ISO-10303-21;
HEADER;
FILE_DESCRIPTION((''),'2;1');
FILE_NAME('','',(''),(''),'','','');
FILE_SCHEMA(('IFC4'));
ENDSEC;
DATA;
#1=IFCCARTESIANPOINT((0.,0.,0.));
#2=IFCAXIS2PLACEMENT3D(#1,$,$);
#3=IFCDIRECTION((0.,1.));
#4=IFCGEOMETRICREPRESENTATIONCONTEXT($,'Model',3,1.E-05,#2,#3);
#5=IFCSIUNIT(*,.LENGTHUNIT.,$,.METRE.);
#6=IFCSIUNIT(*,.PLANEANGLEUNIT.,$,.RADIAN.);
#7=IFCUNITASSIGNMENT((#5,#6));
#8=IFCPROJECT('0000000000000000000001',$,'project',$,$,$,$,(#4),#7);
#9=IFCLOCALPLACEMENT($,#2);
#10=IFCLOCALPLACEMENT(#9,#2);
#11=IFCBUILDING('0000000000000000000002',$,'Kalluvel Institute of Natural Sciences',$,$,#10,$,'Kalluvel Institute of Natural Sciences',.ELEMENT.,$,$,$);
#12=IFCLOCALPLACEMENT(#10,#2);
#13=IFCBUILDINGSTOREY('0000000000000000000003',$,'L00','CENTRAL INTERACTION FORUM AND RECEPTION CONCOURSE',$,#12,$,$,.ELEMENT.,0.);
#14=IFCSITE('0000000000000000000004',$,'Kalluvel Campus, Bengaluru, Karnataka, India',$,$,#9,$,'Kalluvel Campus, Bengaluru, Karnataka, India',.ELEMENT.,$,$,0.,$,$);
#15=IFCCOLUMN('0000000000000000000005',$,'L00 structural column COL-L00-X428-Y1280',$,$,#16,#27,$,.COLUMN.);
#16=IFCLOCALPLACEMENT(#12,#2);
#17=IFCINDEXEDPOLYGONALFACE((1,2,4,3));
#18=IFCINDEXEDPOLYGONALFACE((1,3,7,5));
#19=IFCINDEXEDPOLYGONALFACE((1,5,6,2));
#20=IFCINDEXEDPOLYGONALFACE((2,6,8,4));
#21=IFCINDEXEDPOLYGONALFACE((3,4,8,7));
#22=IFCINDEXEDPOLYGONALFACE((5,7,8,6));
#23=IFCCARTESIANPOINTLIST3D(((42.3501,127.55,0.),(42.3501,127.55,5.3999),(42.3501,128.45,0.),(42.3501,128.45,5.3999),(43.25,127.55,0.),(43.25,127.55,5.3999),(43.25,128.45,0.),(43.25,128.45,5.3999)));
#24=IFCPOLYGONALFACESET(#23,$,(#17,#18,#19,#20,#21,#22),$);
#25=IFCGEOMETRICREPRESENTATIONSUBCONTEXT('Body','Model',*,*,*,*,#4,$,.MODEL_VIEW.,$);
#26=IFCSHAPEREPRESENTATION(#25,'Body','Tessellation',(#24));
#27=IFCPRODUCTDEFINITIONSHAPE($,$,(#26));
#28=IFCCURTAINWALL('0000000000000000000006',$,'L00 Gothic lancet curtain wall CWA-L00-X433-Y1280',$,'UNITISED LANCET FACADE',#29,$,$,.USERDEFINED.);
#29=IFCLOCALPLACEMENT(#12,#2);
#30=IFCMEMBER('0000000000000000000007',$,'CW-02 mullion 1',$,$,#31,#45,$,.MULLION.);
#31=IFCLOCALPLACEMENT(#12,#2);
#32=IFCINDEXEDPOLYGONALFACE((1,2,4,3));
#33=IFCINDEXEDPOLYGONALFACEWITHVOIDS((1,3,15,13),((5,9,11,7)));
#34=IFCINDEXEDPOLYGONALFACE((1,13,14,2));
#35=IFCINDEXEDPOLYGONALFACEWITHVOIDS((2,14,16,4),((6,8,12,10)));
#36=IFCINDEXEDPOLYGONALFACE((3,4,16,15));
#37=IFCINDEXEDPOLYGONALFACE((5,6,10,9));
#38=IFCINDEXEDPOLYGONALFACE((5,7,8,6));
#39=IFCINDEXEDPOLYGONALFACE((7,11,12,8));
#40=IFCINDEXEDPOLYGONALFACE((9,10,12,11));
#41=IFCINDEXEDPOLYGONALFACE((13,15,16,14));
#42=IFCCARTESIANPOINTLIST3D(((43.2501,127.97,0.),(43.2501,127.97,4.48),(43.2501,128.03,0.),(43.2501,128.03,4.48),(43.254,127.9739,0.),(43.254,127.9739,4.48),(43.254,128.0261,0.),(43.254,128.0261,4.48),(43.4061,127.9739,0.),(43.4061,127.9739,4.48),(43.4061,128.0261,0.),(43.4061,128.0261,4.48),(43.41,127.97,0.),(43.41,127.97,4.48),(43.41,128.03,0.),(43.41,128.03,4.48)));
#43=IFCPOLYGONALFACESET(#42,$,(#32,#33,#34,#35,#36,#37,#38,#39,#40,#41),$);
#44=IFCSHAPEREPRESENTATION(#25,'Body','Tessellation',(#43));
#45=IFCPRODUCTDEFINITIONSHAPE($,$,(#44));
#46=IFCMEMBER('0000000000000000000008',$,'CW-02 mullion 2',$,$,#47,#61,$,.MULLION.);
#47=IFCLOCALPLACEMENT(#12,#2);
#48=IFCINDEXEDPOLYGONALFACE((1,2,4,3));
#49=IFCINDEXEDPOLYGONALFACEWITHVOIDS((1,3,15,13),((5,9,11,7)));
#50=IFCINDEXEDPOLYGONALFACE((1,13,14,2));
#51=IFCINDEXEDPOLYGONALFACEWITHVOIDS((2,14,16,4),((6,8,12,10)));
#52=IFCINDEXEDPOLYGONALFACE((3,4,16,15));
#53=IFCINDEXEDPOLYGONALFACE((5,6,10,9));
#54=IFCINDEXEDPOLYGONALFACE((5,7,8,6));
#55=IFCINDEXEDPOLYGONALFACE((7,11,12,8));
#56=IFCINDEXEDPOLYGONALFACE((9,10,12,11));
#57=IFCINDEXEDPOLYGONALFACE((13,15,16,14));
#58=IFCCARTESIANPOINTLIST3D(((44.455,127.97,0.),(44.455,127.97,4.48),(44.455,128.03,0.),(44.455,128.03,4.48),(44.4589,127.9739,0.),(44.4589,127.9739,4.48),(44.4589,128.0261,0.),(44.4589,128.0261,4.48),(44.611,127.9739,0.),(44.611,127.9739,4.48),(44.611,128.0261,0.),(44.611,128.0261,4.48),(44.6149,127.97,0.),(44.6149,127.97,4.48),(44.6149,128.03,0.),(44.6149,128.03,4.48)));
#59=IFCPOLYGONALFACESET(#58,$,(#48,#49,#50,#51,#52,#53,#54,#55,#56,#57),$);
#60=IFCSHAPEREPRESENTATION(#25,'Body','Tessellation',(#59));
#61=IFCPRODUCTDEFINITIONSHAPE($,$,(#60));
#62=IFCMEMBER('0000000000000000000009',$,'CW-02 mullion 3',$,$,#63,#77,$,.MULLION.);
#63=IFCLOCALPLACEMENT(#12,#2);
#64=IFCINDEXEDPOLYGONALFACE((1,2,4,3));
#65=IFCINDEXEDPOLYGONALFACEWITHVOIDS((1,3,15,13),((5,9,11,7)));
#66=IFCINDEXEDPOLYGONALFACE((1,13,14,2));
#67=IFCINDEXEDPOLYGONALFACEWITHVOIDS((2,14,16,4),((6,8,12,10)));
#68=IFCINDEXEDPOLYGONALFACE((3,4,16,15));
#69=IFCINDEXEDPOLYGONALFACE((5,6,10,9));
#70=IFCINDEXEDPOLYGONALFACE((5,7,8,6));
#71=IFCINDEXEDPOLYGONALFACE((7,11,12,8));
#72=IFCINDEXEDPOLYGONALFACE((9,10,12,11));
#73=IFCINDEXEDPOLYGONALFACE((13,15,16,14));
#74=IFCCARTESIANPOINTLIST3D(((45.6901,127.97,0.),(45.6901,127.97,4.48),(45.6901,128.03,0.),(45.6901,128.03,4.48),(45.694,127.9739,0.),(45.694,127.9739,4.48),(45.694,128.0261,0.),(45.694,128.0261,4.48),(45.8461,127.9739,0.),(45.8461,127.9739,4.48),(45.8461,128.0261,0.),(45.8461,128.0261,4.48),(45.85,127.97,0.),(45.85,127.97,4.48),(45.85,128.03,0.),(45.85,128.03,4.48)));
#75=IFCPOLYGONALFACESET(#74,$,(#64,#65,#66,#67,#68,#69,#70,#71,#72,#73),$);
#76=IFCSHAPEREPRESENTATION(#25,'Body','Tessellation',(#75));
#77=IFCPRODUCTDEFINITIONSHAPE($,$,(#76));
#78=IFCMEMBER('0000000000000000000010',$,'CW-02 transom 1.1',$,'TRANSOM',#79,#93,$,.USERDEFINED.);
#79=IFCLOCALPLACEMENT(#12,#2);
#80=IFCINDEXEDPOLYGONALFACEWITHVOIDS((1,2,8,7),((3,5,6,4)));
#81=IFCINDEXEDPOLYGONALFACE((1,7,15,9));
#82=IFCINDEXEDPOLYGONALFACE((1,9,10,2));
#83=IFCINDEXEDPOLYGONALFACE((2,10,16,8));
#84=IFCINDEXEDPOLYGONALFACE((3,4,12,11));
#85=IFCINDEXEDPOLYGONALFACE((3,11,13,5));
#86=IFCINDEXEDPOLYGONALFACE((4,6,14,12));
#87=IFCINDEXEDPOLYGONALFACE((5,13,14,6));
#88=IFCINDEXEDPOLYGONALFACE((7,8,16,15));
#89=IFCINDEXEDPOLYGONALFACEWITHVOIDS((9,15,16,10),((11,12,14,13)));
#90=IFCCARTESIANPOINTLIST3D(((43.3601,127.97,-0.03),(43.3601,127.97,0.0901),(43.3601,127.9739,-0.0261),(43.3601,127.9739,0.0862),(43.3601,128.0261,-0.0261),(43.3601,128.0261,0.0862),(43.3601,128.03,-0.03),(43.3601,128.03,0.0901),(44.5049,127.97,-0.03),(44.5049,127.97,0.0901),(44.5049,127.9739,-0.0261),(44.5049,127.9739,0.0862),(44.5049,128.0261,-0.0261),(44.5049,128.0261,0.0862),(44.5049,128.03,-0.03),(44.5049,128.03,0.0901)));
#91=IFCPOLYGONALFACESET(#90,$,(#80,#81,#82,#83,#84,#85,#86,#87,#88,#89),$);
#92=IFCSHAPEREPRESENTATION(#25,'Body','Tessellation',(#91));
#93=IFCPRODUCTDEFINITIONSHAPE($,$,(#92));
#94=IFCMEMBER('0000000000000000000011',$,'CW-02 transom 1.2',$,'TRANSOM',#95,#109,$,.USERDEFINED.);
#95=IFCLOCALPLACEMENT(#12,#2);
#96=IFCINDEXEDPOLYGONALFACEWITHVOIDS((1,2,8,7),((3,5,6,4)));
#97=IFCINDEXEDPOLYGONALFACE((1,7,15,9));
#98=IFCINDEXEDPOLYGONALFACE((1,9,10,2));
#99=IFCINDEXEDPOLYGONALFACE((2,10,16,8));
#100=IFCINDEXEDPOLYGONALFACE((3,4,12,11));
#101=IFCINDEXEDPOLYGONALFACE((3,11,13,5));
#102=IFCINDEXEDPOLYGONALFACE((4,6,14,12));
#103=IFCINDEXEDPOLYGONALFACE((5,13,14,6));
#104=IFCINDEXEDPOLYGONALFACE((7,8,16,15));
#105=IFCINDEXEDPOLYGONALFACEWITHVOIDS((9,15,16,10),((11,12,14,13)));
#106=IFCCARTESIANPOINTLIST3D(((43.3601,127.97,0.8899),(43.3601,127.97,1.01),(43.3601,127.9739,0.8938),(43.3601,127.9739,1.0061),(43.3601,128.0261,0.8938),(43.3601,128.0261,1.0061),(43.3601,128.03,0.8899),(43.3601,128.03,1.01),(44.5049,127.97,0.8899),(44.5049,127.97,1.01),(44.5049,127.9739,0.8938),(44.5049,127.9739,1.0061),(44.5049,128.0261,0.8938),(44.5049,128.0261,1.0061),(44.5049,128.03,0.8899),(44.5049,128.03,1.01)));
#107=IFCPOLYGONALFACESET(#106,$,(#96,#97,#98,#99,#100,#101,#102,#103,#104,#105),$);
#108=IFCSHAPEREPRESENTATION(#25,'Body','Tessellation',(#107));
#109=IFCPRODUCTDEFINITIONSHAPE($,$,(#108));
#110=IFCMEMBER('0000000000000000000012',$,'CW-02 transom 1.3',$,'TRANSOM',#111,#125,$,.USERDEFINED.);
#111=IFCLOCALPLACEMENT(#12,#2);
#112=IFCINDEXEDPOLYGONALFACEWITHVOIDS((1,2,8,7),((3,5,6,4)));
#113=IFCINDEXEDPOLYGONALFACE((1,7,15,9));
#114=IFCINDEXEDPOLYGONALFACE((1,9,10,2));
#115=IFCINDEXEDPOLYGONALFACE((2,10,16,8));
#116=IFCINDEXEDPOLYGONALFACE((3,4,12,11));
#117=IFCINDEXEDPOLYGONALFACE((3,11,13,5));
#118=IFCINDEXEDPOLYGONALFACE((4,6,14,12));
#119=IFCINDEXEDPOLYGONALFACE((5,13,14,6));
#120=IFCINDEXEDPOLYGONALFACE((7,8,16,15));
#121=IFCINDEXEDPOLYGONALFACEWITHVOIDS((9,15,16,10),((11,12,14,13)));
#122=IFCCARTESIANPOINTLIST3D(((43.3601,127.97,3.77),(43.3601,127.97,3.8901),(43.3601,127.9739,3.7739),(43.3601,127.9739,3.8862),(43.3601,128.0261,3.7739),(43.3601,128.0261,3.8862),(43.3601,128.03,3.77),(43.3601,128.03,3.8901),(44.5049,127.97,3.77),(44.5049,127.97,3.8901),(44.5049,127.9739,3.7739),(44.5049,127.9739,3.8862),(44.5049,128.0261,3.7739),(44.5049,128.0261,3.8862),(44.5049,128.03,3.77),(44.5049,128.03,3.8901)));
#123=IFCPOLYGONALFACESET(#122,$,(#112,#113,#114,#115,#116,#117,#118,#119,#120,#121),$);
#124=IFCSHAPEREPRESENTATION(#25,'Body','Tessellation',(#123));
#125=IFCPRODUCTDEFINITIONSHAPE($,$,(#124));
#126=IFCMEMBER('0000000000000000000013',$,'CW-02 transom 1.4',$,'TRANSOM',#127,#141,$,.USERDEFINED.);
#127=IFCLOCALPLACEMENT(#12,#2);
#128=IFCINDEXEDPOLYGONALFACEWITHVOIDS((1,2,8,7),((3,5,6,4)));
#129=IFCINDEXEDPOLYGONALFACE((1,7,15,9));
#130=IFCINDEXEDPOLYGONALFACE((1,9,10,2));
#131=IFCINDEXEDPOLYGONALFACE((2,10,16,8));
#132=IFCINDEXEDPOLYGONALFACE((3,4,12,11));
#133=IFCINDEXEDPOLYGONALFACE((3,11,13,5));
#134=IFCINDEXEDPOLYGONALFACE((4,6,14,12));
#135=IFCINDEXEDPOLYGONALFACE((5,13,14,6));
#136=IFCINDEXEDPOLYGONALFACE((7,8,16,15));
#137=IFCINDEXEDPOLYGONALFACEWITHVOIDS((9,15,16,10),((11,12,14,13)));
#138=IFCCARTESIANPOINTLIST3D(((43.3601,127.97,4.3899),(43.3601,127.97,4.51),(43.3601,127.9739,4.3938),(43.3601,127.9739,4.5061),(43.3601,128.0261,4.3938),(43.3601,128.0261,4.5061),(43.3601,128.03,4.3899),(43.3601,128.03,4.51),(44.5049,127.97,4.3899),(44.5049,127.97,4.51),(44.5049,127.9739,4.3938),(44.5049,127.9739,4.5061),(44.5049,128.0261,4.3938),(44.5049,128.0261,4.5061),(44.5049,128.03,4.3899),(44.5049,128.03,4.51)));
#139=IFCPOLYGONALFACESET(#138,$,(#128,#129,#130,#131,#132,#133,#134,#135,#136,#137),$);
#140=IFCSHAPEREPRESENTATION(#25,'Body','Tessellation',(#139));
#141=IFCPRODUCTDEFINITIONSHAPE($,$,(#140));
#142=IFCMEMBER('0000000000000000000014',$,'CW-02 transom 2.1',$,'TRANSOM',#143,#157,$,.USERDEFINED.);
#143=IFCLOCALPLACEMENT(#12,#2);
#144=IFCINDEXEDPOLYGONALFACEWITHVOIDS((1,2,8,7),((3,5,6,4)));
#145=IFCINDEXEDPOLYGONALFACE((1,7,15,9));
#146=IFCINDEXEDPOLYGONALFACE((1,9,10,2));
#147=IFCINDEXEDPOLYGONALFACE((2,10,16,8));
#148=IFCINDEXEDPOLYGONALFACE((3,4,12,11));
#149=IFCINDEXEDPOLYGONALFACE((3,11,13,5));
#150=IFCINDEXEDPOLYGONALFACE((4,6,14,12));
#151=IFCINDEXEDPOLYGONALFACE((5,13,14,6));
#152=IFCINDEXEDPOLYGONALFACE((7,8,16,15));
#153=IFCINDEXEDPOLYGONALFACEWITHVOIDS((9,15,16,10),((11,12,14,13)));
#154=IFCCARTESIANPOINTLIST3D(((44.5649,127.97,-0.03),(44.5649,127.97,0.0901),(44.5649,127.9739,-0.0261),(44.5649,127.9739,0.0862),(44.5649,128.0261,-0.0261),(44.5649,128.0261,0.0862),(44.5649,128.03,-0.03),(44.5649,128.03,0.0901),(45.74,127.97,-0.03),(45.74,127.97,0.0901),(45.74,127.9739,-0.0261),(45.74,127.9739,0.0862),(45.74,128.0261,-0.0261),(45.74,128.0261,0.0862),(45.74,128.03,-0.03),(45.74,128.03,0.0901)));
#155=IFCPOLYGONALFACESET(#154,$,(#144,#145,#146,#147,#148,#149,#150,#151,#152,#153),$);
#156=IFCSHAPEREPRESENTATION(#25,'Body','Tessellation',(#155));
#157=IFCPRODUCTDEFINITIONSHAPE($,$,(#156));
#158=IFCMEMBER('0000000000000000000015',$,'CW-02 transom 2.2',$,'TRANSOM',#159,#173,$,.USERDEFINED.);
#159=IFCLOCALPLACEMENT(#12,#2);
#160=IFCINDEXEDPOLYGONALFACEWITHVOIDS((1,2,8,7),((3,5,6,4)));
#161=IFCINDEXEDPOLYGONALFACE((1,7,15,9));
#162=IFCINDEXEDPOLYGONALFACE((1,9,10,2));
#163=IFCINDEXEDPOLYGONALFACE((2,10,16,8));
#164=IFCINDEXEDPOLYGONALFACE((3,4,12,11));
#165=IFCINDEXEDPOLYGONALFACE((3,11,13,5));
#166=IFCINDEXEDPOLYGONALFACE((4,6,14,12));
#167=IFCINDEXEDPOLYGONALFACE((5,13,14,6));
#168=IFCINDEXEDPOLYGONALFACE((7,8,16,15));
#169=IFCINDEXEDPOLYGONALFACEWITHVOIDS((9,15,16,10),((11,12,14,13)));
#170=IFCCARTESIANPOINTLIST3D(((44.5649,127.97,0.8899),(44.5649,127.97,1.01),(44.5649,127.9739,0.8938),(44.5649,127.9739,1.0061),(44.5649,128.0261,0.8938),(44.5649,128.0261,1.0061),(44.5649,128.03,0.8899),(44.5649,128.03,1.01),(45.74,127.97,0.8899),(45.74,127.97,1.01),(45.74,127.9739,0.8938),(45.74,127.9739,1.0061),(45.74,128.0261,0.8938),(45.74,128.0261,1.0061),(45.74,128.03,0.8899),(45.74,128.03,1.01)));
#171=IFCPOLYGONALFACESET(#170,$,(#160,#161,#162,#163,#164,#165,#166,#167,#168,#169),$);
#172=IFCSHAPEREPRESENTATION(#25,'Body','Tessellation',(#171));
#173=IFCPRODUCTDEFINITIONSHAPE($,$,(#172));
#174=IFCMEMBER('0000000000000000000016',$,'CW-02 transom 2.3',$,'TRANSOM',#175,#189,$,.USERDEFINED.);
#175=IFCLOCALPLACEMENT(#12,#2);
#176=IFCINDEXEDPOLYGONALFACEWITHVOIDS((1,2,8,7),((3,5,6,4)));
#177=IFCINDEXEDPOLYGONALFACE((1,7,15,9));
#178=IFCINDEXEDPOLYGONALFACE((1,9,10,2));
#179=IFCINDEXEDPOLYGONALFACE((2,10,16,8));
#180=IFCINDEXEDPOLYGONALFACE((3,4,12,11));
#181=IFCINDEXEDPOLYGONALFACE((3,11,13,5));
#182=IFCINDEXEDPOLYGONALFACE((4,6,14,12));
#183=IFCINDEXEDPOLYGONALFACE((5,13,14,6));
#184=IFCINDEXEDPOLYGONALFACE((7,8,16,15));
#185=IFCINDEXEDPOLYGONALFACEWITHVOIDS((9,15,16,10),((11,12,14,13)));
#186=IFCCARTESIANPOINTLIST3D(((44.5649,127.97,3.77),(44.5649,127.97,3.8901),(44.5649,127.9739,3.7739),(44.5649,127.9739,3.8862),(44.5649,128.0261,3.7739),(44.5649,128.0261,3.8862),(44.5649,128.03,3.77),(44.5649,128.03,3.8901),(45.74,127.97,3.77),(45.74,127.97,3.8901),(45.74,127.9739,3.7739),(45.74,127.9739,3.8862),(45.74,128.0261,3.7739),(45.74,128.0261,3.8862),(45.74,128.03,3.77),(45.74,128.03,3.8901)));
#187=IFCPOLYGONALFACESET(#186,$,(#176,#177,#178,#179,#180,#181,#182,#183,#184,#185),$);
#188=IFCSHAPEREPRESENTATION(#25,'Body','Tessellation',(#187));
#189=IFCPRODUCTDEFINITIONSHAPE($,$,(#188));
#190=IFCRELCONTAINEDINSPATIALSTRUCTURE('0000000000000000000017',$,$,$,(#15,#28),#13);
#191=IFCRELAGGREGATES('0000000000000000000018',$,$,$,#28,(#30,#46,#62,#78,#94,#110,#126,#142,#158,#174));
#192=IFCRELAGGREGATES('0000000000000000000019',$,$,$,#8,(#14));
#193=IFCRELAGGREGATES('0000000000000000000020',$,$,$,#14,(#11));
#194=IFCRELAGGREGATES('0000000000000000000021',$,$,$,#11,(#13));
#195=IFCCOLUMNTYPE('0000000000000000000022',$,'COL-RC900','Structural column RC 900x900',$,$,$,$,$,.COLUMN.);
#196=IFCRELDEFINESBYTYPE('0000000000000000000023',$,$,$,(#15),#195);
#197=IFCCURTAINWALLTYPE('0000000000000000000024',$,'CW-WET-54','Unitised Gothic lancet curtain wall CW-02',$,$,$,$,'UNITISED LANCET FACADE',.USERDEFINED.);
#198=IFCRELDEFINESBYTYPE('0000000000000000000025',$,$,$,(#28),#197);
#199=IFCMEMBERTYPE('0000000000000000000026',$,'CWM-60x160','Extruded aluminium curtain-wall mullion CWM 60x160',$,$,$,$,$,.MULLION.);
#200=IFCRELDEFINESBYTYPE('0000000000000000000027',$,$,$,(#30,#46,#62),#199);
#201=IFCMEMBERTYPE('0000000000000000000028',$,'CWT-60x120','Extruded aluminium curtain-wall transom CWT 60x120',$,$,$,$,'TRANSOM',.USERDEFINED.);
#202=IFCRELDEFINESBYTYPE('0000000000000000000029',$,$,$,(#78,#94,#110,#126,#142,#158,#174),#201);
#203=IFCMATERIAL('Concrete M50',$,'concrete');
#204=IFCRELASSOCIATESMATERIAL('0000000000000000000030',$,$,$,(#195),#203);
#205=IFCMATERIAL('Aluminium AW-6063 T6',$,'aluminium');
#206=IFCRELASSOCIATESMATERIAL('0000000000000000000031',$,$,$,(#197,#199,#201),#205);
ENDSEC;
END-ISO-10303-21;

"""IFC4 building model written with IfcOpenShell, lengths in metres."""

from ifc_helpers import new_model, si_unit, direction, frame, origin, origin_2d, place, context, subcontext, project, spatial, rectangle, hollow_rectangle, extrude, material, material_profile, profile_set, type_object, element, aggregate, save


model = new_model("IFC4")

# Units and contexts
model_context = context("Model", 3, precision=1e-05, world=origin(), true_north=direction((0.0, 1.0)))
body_context = subcontext(model_context, "Body", "Model", "MODEL_VIEW")
ifc_project = project(units=[si_unit("LENGTHUNIT", "METRE"), si_unit("PLANEANGLEUNIT", "RADIAN")], contexts=[model_context])

# Site, building, storey
site_placement = place(None, origin())
site = spatial("IfcSite", under=ifc_project, at=site_placement, Name="Kalluvel Campus, Bengaluru, Karnataka, India", LongName="Kalluvel Campus, Bengaluru, Karnataka, India", CompositionType="ELEMENT", RefElevation=0.0)
building_placement = place(site_placement, origin())
building = spatial("IfcBuilding", under=site, at=building_placement, Name="Kalluvel Institute of Natural Sciences", LongName="Kalluvel Institute of Natural Sciences", CompositionType="ELEMENT")
storey_placement = place(building_placement, origin())
storey = spatial("IfcBuildingStorey", under=building, at=storey_placement, Name="L00", Description="CENTRAL INTERACTION FORUM AND RECEPTION CONCOURSE", CompositionType="ELEMENT", Elevation=0.0)

# Column
ifc_material_1 = material(Name="Concrete M50", Category="concrete")
ifc_material_profile_1 = material_profile(ifc_material_1, rectangle(XDim=0.8999, YDim=0.8999, at=origin_2d()), Name="RC 900x900")
ifc_profile_set_1 = profile_set([ifc_material_profile_1], Name="Concrete M50")
column_type = type_object("IfcColumnType", Name="COL-RC900", Description="Structural column RC 900x900", PredefinedType="COLUMN", material=ifc_profile_set_1)
column_placement = place(storey_placement, frame((42.8, 128.0, 0.0), z_axis=(0.0, 0.0, 1.0), x_axis=(1.0, 0.0, 0.0)))
element("IfcColumn", 1, at=column_placement, inside=storey, type_object=column_type, Name="L00 structural column COL-L00-X428-Y1280", PredefinedType="COLUMN", context=body_context, shape_type="SweptSolid", body=[
    extrude(rectangle(XDim=0.8999, YDim=0.8999, at=origin_2d()), origin(), (0.0, 0.0, 1.0), 5.3999),
])

# Curtain wall, members
ifc_material_2 = material(Name="Aluminium AW-6063 T6", Category="aluminium")
curtain_wall_type = type_object("IfcCurtainWallType", Name="CW-WET-54", Description="Unitised Gothic lancet curtain wall CW-02", ElementType="UNITISED LANCET FACADE", PredefinedType="USERDEFINED", material=ifc_material_2)
curtain_wall_placement = place(storey_placement, origin())
curtain_wall = element("IfcCurtainWall", 2, at=curtain_wall_placement, inside=storey, type_object=curtain_wall_type, Name="L00 Gothic lancet curtain wall CWA-L00-X433-Y1280", ObjectType="UNITISED LANCET FACADE", PredefinedType="USERDEFINED")
ifc_material_profile_2 = material_profile(ifc_material_2, hollow_rectangle(XDim=0.0601, YDim=0.1599, WallThickness=0.0039, at=origin_2d()), Name="CWM 60x160")
ifc_profile_set_2 = profile_set([ifc_material_profile_2], Name="Aluminium AW-6063 T6")
member_type_1 = type_object("IfcMemberType", Name="CWM-60x160", Description="Extruded aluminium curtain-wall mullion CWM 60x160", PredefinedType="MULLION", material=ifc_profile_set_2)
member_1_placement = place(storey_placement, frame((43.3301, 128.0, 0.0), z_axis=(0.0, 0.0, 1.0), x_axis=(0.0, 1.0, 0.0)))
member_1 = element("IfcMember", 3, at=member_1_placement, type_object=member_type_1, Name="CW-02 mullion 1", PredefinedType="MULLION", context=body_context, shape_type="SweptSolid", body=[
    extrude(hollow_rectangle(XDim=0.0601, YDim=0.1599, WallThickness=0.0039, at=origin_2d()), origin(), (0.0, 0.0, 1.0), 4.48),
])
member_2_placement = place(storey_placement, frame((44.5349, 128.0, 0.0), z_axis=(0.0, 0.0, 1.0), x_axis=(0.0, 1.0, 0.0)))
member_2 = element("IfcMember", 4, at=member_2_placement, type_object=member_type_1, Name="CW-02 mullion 2", PredefinedType="MULLION", context=body_context, shape_type="SweptSolid", body=[
    extrude(hollow_rectangle(XDim=0.0601, YDim=0.1599, WallThickness=0.0039, at=origin_2d()), origin(), (0.0, 0.0, 1.0), 4.48),
])
member_3_placement = place(storey_placement, frame((45.77, 128.0, 0.0), z_axis=(0.0, 0.0, 1.0), x_axis=(0.0, 1.0, 0.0)))
member_3 = element("IfcMember", 5, at=member_3_placement, type_object=member_type_1, Name="CW-02 mullion 3", PredefinedType="MULLION", context=body_context, shape_type="SweptSolid", body=[
    extrude(hollow_rectangle(XDim=0.0601, YDim=0.1599, WallThickness=0.0039, at=origin_2d()), origin(), (0.0, 0.0, 1.0), 4.48),
])
ifc_material_profile_3 = material_profile(ifc_material_2, hollow_rectangle(XDim=0.0601, YDim=0.1201, WallThickness=0.0039, at=origin_2d()), Name="CWT 60x120")
ifc_profile_set_3 = profile_set([ifc_material_profile_3], Name="Aluminium AW-6063 T6")
member_type_2 = type_object("IfcMemberType", Name="CWT-60x120", Description="Extruded aluminium curtain-wall transom CWT 60x120", ElementType="TRANSOM", PredefinedType="USERDEFINED", material=ifc_profile_set_3)
member_4_placement = place(storey_placement, frame((43.3601, 128.0, 0.03), z_axis=(1.0, 0.0, 0.0), x_axis=(0.0, 1.0, 0.0)))
member_4 = element("IfcMember", 6, at=member_4_placement, type_object=member_type_2, Name="CW-02 transom 1.1", ObjectType="TRANSOM", PredefinedType="USERDEFINED", context=body_context, shape_type="SweptSolid", body=[
    extrude(hollow_rectangle(XDim=0.0601, YDim=0.1201, WallThickness=0.0039, at=origin_2d()), origin(), (0.0, 0.0, 1.0), 1.1448),
])
member_5_placement = place(storey_placement, frame((43.3601, 128.0, 0.95), z_axis=(1.0, 0.0, 0.0), x_axis=(0.0, 1.0, 0.0)))
member_5 = element("IfcMember", 7, at=member_5_placement, type_object=member_type_2, Name="CW-02 transom 1.2", ObjectType="TRANSOM", PredefinedType="USERDEFINED", context=body_context, shape_type="SweptSolid", body=[
    extrude(hollow_rectangle(XDim=0.0601, YDim=0.1201, WallThickness=0.0039, at=origin_2d()), origin(), (0.0, 0.0, 1.0), 1.1448),
])
member_6_placement = place(storey_placement, frame((43.3601, 128.0, 3.8301), z_axis=(1.0, 0.0, 0.0), x_axis=(0.0, 1.0, 0.0)))
member_6 = element("IfcMember", 8, at=member_6_placement, type_object=member_type_2, Name="CW-02 transom 1.3", ObjectType="TRANSOM", PredefinedType="USERDEFINED", context=body_context, shape_type="SweptSolid", body=[
    extrude(hollow_rectangle(XDim=0.0601, YDim=0.1201, WallThickness=0.0039, at=origin_2d()), origin(), (0.0, 0.0, 1.0), 1.1448),
])
member_7_placement = place(storey_placement, frame((43.3601, 128.0, 4.45), z_axis=(1.0, 0.0, 0.0), x_axis=(0.0, 1.0, 0.0)))
member_7 = element("IfcMember", 9, at=member_7_placement, type_object=member_type_2, Name="CW-02 transom 1.4", ObjectType="TRANSOM", PredefinedType="USERDEFINED", context=body_context, shape_type="SweptSolid", body=[
    extrude(hollow_rectangle(XDim=0.0601, YDim=0.1201, WallThickness=0.0039, at=origin_2d()), origin(), (0.0, 0.0, 1.0), 1.1448),
])
member_8_placement = place(storey_placement, frame((44.5649, 128.0, 0.03), z_axis=(1.0, 0.0, 0.0), x_axis=(0.0, 1.0, 0.0)))
member_8 = element("IfcMember", 10, at=member_8_placement, type_object=member_type_2, Name="CW-02 transom 2.1", ObjectType="TRANSOM", PredefinedType="USERDEFINED", context=body_context, shape_type="SweptSolid", body=[
    extrude(hollow_rectangle(XDim=0.0601, YDim=0.1201, WallThickness=0.0039, at=origin_2d()), origin(), (0.0, 0.0, 1.0), 1.175),
])
member_9_placement = place(storey_placement, frame((44.5649, 128.0, 0.95), z_axis=(1.0, 0.0, 0.0), x_axis=(0.0, 1.0, 0.0)))
member_9 = element("IfcMember", 11, at=member_9_placement, type_object=member_type_2, Name="CW-02 transom 2.2", ObjectType="TRANSOM", PredefinedType="USERDEFINED", context=body_context, shape_type="SweptSolid", body=[
    extrude(hollow_rectangle(XDim=0.0601, YDim=0.1201, WallThickness=0.0039, at=origin_2d()), origin(), (0.0, 0.0, 1.0), 1.175),
])
member_10_placement = place(storey_placement, frame((44.5649, 128.0, 3.8301), z_axis=(1.0, 0.0, 0.0), x_axis=(0.0, 1.0, 0.0)))
member_10 = element("IfcMember", 12, at=member_10_placement, type_object=member_type_2, Name="CW-02 transom 2.3", ObjectType="TRANSOM", PredefinedType="USERDEFINED", context=body_context, shape_type="SweptSolid", body=[
    extrude(hollow_rectangle(XDim=0.0601, YDim=0.1201, WallThickness=0.0039, at=origin_2d()), origin(), (0.0, 0.0, 1.0), 1.175),
])

aggregate(curtain_wall, [member_1, member_2, member_3, member_4, member_5, member_6, member_7, member_8, member_9, member_10])

save(model, "model.ifc")
